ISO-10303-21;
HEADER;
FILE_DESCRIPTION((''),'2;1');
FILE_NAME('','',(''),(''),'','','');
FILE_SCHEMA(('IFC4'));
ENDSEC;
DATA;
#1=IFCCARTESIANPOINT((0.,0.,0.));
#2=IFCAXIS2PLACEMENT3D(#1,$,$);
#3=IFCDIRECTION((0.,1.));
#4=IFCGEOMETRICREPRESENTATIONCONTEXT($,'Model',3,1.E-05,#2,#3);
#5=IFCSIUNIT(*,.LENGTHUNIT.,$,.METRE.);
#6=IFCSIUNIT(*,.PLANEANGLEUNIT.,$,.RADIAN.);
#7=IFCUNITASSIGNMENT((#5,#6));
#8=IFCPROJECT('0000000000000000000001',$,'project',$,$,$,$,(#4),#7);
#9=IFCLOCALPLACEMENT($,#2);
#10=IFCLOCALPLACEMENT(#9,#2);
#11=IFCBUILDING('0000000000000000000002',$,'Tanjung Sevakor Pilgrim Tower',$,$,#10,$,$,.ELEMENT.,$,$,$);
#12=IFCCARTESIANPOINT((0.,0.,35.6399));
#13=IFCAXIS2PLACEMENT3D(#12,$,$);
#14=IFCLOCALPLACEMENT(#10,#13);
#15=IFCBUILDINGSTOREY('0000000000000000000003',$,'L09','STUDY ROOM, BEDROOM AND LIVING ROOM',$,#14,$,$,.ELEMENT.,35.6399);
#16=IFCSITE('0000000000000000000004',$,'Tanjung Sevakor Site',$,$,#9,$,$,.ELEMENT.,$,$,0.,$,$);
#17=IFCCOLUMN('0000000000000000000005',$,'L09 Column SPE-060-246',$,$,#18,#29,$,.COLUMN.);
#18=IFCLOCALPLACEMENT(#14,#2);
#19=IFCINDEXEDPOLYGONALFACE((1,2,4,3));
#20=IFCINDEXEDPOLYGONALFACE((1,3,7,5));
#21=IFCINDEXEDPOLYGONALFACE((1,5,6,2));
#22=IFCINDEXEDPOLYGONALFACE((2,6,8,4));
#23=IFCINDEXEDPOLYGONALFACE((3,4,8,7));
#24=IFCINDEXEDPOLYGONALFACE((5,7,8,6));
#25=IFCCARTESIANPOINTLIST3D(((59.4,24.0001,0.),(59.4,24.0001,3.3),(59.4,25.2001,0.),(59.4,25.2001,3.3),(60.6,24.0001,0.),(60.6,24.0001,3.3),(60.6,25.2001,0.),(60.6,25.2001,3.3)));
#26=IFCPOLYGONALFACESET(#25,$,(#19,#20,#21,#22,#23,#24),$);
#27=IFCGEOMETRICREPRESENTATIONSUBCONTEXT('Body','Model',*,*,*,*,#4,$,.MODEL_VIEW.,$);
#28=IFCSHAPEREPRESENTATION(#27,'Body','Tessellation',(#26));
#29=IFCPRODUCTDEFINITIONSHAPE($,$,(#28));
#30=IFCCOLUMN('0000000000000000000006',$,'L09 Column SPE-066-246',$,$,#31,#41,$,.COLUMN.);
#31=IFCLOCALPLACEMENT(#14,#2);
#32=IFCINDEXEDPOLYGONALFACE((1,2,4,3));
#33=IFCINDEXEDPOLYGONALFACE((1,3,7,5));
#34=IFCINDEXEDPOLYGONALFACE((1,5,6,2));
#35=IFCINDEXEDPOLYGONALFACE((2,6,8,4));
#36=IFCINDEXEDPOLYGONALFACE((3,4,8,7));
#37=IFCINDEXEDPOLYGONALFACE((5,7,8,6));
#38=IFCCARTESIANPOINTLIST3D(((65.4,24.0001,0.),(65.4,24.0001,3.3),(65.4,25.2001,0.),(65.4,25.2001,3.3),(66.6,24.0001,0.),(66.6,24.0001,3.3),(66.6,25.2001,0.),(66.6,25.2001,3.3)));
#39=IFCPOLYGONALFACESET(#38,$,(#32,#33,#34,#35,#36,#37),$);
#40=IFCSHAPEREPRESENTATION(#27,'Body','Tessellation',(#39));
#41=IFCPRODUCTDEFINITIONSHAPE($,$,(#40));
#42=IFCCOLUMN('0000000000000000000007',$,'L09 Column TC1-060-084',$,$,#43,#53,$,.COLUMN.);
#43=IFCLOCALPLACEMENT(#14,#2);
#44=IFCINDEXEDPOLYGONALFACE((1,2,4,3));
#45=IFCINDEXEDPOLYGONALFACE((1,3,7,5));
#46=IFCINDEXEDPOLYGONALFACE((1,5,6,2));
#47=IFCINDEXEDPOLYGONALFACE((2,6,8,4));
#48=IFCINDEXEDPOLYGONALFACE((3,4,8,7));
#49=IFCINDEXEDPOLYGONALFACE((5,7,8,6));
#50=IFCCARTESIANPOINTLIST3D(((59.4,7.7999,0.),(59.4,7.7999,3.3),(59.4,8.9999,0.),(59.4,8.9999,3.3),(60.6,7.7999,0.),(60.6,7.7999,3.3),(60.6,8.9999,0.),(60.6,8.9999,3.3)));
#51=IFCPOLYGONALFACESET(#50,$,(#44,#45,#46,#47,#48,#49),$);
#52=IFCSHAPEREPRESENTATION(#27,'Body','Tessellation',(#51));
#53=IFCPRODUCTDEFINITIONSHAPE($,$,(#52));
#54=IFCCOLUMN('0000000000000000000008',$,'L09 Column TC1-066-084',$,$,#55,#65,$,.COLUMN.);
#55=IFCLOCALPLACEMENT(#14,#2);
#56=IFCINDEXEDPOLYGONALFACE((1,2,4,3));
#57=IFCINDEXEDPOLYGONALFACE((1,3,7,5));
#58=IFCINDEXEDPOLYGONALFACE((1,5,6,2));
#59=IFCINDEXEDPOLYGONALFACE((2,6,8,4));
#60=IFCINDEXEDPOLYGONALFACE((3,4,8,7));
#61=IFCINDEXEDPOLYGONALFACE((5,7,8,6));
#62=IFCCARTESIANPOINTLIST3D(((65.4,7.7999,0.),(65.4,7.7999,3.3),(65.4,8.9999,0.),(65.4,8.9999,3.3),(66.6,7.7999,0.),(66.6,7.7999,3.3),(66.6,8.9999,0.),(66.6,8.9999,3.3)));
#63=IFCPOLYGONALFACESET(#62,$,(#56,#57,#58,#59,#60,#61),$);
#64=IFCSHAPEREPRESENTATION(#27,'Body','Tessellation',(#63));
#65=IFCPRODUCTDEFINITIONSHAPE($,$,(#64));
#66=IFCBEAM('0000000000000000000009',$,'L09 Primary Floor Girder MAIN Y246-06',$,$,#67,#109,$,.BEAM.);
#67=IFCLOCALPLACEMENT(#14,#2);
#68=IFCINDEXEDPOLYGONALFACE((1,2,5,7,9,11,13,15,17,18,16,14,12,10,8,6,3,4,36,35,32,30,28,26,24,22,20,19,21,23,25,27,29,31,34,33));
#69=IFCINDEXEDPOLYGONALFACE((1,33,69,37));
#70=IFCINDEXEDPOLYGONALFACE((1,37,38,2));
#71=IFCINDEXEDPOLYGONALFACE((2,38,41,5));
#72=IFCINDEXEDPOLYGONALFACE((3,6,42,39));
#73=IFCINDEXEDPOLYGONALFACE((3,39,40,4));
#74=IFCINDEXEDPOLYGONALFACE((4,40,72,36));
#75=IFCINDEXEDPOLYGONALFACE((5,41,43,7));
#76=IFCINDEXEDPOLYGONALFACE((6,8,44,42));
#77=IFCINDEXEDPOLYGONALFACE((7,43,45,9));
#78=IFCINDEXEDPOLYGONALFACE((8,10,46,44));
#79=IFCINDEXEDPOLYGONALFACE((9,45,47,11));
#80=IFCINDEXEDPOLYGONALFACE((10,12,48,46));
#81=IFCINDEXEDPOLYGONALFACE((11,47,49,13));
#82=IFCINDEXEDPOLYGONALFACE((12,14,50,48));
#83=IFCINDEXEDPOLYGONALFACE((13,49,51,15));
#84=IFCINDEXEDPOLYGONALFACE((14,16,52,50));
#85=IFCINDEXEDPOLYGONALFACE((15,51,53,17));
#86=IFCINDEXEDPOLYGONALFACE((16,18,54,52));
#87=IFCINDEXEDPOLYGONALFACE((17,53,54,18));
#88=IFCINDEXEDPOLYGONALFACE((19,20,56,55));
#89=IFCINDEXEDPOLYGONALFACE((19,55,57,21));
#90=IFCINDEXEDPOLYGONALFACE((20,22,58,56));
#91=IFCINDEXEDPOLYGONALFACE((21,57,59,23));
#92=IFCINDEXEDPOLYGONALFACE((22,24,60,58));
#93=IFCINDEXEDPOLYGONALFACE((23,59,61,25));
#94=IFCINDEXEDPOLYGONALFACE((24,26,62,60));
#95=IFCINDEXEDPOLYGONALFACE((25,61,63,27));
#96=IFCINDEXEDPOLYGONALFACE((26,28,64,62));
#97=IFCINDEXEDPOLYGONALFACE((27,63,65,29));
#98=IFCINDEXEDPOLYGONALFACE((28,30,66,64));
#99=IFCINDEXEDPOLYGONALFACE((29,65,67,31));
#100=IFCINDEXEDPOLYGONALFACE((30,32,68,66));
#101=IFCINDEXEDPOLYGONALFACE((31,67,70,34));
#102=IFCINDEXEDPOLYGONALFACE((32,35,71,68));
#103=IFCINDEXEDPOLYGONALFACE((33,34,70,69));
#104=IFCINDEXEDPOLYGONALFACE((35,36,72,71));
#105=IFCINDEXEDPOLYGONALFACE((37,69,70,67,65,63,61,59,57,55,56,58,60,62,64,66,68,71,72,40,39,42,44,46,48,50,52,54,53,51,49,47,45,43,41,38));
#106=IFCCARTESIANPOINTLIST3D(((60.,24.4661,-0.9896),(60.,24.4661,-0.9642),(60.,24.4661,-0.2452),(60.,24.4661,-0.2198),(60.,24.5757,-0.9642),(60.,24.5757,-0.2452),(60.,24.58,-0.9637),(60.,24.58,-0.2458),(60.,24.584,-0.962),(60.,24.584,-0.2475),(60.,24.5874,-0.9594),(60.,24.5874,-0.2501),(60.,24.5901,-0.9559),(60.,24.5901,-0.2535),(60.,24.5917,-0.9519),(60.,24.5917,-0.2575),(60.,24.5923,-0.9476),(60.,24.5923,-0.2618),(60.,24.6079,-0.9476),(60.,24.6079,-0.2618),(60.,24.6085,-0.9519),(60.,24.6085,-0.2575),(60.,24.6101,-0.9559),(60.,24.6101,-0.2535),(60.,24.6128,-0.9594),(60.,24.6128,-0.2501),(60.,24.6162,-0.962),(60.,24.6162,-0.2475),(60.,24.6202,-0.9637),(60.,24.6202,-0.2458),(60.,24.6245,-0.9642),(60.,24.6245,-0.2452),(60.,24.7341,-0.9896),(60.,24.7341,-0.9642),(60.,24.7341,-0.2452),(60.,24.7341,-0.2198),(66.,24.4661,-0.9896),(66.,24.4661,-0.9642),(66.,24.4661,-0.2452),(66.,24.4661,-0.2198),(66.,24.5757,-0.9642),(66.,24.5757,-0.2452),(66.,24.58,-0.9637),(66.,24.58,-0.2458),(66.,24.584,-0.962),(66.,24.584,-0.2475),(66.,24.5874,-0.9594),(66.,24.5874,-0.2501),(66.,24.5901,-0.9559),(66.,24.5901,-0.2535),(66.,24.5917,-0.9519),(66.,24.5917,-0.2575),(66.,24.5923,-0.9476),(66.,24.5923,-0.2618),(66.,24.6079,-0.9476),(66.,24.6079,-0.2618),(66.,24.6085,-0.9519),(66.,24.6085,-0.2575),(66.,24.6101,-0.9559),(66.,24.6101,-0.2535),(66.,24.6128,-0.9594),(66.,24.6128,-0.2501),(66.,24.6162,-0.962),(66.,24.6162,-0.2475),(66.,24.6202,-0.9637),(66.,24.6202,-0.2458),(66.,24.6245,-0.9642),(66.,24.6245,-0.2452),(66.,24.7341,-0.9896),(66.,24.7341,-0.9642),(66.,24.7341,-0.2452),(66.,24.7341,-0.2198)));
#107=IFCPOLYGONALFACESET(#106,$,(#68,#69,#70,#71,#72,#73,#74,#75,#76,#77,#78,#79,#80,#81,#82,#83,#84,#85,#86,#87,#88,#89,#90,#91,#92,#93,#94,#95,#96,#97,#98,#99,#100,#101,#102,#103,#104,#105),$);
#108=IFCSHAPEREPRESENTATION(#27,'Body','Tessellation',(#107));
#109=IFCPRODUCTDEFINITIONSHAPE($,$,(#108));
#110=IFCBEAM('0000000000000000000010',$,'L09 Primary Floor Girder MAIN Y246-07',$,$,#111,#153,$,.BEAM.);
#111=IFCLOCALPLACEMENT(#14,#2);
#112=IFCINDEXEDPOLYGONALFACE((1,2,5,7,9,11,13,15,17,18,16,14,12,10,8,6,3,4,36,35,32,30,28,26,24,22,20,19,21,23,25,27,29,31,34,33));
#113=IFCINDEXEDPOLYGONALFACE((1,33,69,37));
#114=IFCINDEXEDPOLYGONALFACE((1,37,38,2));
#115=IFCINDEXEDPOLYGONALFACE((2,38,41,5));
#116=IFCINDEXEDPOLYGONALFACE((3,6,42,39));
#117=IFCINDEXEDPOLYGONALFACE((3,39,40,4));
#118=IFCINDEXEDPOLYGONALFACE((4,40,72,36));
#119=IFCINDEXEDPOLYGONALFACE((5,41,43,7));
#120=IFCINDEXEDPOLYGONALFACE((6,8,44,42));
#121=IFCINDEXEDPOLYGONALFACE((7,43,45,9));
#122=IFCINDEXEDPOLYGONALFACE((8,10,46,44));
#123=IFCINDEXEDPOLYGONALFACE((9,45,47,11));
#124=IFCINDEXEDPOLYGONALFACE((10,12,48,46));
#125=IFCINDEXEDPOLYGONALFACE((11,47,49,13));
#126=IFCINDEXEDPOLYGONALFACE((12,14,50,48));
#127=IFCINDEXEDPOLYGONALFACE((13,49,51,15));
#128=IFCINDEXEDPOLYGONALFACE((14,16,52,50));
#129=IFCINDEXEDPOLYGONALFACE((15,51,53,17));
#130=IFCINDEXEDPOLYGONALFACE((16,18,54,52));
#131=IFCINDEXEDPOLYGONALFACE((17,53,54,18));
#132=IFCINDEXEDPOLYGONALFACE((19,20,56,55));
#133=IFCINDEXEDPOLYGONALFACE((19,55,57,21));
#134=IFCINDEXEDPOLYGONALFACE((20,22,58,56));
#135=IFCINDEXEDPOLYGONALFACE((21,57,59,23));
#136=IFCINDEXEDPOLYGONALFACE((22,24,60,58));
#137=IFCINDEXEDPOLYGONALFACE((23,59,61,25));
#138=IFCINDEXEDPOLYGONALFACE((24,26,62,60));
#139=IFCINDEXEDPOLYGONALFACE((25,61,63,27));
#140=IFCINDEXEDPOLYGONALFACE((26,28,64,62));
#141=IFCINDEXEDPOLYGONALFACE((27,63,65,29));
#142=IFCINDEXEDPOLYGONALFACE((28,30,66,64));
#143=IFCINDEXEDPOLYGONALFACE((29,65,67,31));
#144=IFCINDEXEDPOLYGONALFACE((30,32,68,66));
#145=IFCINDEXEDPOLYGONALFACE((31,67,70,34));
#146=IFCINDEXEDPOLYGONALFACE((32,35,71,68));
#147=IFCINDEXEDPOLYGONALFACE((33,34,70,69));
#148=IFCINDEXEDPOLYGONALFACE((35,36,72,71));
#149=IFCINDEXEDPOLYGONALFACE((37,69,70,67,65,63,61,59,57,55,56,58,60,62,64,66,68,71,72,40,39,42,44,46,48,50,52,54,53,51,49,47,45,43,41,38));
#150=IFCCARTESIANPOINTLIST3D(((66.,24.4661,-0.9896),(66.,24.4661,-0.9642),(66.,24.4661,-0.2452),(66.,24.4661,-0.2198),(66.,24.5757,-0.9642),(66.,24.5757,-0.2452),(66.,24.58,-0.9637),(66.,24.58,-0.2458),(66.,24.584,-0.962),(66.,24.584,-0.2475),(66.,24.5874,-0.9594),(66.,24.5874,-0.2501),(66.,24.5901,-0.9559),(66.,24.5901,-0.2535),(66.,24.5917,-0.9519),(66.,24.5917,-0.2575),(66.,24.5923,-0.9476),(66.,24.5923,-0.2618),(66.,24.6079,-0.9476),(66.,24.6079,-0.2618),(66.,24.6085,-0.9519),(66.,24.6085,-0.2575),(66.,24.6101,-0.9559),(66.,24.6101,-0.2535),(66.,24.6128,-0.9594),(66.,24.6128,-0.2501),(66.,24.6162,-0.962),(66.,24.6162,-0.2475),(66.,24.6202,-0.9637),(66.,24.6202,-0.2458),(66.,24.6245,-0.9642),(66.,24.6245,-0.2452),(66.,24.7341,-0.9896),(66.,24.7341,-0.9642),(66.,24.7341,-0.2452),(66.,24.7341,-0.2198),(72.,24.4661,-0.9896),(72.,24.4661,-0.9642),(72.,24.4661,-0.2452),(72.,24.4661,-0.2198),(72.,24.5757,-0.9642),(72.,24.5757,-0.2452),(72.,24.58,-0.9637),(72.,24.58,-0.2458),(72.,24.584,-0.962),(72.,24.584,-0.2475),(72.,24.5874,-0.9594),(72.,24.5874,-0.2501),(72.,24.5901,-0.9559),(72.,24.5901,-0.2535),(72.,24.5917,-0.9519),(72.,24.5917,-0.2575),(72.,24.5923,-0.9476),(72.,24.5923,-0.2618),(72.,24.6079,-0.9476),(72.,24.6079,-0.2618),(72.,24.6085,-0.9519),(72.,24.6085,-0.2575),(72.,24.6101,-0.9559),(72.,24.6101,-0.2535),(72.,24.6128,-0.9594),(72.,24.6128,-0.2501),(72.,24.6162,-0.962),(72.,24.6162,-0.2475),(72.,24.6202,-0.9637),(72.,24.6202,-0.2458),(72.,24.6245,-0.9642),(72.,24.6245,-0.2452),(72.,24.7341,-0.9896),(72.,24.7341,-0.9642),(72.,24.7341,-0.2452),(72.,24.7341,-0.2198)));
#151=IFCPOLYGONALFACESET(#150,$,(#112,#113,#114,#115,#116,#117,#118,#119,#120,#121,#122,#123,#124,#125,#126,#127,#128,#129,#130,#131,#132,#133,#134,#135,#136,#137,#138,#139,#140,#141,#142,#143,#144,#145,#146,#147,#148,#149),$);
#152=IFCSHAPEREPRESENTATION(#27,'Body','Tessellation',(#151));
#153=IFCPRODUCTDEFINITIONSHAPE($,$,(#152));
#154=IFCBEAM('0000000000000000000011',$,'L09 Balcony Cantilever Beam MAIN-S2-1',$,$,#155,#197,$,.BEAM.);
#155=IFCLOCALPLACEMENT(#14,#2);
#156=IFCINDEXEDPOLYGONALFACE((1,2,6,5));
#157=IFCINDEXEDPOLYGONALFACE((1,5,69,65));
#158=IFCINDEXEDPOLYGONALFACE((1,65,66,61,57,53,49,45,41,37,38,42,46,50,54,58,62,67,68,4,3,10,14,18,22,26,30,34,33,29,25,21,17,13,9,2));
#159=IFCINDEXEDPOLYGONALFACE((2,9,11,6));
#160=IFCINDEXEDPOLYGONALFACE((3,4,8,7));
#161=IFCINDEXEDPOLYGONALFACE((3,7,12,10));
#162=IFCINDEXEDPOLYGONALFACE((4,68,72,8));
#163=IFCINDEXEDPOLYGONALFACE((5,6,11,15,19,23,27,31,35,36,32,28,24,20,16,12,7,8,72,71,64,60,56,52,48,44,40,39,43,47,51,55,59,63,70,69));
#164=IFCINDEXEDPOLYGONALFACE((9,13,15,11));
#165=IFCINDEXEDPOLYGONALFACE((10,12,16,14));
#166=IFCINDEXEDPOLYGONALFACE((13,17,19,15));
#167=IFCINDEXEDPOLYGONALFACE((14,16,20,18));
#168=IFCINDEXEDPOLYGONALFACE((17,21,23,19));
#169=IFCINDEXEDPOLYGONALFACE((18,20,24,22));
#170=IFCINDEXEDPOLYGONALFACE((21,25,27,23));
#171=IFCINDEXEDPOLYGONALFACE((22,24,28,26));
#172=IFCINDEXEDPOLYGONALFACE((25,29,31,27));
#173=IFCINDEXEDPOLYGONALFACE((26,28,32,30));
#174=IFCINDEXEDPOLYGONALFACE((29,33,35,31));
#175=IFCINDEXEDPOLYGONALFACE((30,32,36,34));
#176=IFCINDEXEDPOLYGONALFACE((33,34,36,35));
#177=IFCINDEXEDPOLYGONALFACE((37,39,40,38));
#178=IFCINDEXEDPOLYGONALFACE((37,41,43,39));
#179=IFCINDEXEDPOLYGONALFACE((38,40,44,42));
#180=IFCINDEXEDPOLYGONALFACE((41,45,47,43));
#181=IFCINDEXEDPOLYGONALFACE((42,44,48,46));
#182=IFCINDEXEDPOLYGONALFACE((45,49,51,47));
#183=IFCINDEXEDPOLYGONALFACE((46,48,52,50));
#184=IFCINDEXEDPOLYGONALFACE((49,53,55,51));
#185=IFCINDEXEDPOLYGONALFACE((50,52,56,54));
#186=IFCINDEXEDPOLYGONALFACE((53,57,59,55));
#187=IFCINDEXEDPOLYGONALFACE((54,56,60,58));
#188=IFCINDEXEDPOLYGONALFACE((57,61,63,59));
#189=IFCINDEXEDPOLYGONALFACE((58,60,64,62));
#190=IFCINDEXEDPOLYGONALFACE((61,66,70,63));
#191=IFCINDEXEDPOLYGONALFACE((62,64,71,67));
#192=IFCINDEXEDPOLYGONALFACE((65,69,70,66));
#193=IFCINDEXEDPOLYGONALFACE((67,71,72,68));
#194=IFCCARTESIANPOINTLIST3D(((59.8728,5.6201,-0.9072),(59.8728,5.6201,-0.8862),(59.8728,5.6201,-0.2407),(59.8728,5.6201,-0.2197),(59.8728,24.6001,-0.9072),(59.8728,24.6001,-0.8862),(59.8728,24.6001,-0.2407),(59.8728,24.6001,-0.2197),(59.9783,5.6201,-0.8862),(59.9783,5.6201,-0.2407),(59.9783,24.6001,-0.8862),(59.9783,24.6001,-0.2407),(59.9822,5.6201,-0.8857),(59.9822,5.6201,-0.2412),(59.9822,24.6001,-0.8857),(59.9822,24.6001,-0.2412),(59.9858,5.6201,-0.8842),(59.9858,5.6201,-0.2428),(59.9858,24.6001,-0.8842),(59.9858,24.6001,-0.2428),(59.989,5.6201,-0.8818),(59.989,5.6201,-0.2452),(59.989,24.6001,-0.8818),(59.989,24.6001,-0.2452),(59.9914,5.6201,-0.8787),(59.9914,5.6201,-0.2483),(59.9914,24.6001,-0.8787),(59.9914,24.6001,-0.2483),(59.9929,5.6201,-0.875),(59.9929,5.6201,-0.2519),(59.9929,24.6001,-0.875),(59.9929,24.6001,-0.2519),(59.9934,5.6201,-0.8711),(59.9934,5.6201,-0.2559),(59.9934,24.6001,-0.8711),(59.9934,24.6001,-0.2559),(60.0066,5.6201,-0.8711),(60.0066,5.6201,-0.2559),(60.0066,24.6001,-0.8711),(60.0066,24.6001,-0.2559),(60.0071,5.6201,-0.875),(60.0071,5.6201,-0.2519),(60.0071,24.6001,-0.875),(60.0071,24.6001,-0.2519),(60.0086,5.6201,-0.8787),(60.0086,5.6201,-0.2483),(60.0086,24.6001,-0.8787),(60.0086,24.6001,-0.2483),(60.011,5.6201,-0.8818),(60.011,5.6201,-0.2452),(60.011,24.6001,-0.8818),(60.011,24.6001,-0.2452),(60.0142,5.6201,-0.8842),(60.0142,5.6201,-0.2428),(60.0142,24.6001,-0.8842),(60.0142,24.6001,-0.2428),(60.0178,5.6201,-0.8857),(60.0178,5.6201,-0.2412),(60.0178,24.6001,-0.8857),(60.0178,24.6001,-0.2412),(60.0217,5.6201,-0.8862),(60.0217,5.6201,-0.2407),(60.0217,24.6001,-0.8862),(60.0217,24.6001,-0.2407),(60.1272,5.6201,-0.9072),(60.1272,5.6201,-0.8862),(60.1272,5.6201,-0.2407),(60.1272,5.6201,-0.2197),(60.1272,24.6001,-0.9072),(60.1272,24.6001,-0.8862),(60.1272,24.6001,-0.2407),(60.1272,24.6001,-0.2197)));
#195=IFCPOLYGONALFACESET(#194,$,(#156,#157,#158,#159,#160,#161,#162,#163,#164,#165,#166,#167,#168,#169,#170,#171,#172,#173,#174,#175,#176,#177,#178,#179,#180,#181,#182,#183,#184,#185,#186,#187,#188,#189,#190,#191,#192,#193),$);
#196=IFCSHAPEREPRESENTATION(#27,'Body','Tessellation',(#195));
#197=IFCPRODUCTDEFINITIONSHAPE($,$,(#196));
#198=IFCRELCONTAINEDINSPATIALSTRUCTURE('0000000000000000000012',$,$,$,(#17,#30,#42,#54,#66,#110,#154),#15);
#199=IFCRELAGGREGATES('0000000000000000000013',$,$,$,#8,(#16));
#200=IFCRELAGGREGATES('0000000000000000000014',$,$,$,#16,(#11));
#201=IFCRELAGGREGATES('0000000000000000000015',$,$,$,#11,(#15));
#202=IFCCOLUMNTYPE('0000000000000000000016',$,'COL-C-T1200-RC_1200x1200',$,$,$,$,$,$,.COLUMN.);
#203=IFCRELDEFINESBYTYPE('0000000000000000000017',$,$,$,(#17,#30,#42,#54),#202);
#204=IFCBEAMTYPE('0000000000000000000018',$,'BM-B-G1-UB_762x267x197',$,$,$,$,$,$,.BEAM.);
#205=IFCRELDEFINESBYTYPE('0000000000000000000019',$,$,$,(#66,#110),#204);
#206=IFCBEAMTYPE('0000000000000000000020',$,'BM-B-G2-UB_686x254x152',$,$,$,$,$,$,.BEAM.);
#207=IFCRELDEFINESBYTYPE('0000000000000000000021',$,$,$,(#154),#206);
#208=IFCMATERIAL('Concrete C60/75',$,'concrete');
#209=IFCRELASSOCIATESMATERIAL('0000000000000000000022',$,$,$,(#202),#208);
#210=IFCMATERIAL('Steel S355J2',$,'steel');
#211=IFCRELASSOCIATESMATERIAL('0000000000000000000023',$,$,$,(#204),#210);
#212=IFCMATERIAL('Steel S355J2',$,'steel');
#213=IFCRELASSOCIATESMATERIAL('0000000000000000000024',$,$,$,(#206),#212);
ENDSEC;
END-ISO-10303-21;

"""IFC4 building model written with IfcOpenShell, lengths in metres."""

from ifc_helpers import new_model, si_unit, direction, frame, origin, origin_2d, place, context, subcontext, project, spatial, rectangle, i_section, extrude, material, material_profile, profile_set, type_object, element, save


model = new_model("IFC4")

# Units and contexts
model_context = context("Model", 3, precision=1e-05, world=origin(), true_north=direction((0.0, 1.0)))
body_context = subcontext(model_context, "Body", "Model", "MODEL_VIEW")
ifc_project = project(units=[si_unit("LENGTHUNIT", "METRE"), si_unit("PLANEANGLEUNIT", "RADIAN")], contexts=[model_context])

# Site, building, storey
site_placement = place(None, origin())
site = spatial("IfcSite", under=ifc_project, at=site_placement, Name="Tanjung Sevakor Site", CompositionType="ELEMENT", RefElevation=0.0)
building_placement = place(site_placement, origin())
building = spatial("IfcBuilding", under=site, at=building_placement, Name="Tanjung Sevakor Pilgrim Tower", CompositionType="ELEMENT")
storey_placement = place(building_placement, frame((0.0, 0.0, 35.6399)))
storey = spatial("IfcBuildingStorey", under=building, at=storey_placement, Name="L09", Description="STUDY ROOM, BEDROOM AND LIVING ROOM", CompositionType="ELEMENT", Elevation=35.6399)

# Columns
ifc_material_1 = material(Name="Concrete C60/75", Category="concrete")
ifc_material_profile_1 = material_profile(ifc_material_1, rectangle(XDim=1.2, YDim=1.2, at=origin_2d()))
ifc_profile_set_1 = profile_set([ifc_material_profile_1], Name="Concrete C60/75")
column_type = type_object("IfcColumnType", Name="COL-C-T1200-RC_1200x1200", PredefinedType="COLUMN", material=ifc_profile_set_1)
for number, where, z_axis, x_axis, name in (
    (1, (60.0, 24.6001, 0.0), (0.0, 0.0, 1.0), (1.0, 0.0, 0.0), "L09 Column SPE-060-246"),
    (2, (66.0, 24.6001, 0.0), (0.0, 0.0, 1.0), (1.0, 0.0, 0.0), "L09 Column SPE-066-246"),
    (3, (60.0, 8.3999, 0.0), (0.0, 0.0, 1.0), (1.0, 0.0, 0.0), "L09 Column TC1-060-084"),
    (4, (66.0, 8.3999, 0.0), (0.0, 0.0, 1.0), (1.0, 0.0, 0.0), "L09 Column TC1-066-084"),
):
    element("IfcColumn", number, at=place(storey_placement, frame(where, z_axis=z_axis, x_axis=x_axis)), inside=storey, type_object=column_type, Name=name, PredefinedType="COLUMN", context=body_context, shape_type="SweptSolid", body=[
        extrude(rectangle(XDim=1.2, YDim=1.2, at=origin_2d()), origin(), (0.0, 0.0, 1.0), 3.3),
    ])

# Beams
ifc_material_2 = material(Name="Steel S355J2", Category="steel")
ifc_material_profile_2 = material_profile(ifc_material_2, i_section(OverallWidth=0.2681, OverallDepth=0.7698, WebThickness=0.0156, FlangeThickness=0.0254, FilletRadius=0.0166, at=origin_2d()))
ifc_profile_set_2 = profile_set([ifc_material_profile_2], Name="Steel S355J2")
beam_type_1 = type_object("IfcBeamType", Name="BM-B-G1-UB_762x267x197", PredefinedType="BEAM", material=ifc_profile_set_2)
for number, where, z_axis, x_axis, name in (
    (5, (60.0, 24.6001, -0.6047), (1.0, 0.0, 0.0), (0.0, 1.0, 0.0), "L09 Primary Floor Girder MAIN Y246-06"),
    (6, (66.0, 24.6001, -0.6047), (1.0, 0.0, 0.0), (0.0, 1.0, 0.0), "L09 Primary Floor Girder MAIN Y246-07"),
):
    element("IfcBeam", number, at=place(storey_placement, frame(where, z_axis=z_axis, x_axis=x_axis)), inside=storey, type_object=beam_type_1, Name=name, PredefinedType="BEAM", context=body_context, shape_type="SweptSolid", body=[
        extrude(i_section(OverallWidth=0.2681, OverallDepth=0.7698, WebThickness=0.0156, FlangeThickness=0.0254, FilletRadius=0.0166, at=origin_2d()), origin(), (0.0, 0.0, 1.0), 6.0),
    ])
ifc_material_3 = material(Name="Steel S355J2", Category="steel")
ifc_material_profile_3 = material_profile(ifc_material_3, i_section(OverallWidth=0.2544, OverallDepth=0.6875, WebThickness=0.0132, FlangeThickness=0.021, FilletRadius=0.0151, at=origin_2d()))
ifc_profile_set_3 = profile_set([ifc_material_profile_3], Name="Steel S355J2")
beam_type_2 = type_object("IfcBeamType", Name="BM-B-G2-UB_686x254x152", PredefinedType="BEAM", material=ifc_profile_set_3)
beam_1_placement = place(storey_placement, frame((60.0, 24.6001, -0.5635), z_axis=(0.0, -1.0, 0.0), x_axis=(1.0, 0.0, 0.0)))
element("IfcBeam", 7, at=beam_1_placement, inside=storey, type_object=beam_type_2, Name="L09 Balcony Cantilever Beam MAIN-S2-1", PredefinedType="BEAM", context=body_context, shape_type="SweptSolid", body=[
    extrude(i_section(OverallWidth=0.2544, OverallDepth=0.6875, WebThickness=0.0132, FlangeThickness=0.021, FilletRadius=0.0151, at=origin_2d()), origin(), (0.0, 0.0, 1.0), 18.98),
])

save(model, "model.ifc")
